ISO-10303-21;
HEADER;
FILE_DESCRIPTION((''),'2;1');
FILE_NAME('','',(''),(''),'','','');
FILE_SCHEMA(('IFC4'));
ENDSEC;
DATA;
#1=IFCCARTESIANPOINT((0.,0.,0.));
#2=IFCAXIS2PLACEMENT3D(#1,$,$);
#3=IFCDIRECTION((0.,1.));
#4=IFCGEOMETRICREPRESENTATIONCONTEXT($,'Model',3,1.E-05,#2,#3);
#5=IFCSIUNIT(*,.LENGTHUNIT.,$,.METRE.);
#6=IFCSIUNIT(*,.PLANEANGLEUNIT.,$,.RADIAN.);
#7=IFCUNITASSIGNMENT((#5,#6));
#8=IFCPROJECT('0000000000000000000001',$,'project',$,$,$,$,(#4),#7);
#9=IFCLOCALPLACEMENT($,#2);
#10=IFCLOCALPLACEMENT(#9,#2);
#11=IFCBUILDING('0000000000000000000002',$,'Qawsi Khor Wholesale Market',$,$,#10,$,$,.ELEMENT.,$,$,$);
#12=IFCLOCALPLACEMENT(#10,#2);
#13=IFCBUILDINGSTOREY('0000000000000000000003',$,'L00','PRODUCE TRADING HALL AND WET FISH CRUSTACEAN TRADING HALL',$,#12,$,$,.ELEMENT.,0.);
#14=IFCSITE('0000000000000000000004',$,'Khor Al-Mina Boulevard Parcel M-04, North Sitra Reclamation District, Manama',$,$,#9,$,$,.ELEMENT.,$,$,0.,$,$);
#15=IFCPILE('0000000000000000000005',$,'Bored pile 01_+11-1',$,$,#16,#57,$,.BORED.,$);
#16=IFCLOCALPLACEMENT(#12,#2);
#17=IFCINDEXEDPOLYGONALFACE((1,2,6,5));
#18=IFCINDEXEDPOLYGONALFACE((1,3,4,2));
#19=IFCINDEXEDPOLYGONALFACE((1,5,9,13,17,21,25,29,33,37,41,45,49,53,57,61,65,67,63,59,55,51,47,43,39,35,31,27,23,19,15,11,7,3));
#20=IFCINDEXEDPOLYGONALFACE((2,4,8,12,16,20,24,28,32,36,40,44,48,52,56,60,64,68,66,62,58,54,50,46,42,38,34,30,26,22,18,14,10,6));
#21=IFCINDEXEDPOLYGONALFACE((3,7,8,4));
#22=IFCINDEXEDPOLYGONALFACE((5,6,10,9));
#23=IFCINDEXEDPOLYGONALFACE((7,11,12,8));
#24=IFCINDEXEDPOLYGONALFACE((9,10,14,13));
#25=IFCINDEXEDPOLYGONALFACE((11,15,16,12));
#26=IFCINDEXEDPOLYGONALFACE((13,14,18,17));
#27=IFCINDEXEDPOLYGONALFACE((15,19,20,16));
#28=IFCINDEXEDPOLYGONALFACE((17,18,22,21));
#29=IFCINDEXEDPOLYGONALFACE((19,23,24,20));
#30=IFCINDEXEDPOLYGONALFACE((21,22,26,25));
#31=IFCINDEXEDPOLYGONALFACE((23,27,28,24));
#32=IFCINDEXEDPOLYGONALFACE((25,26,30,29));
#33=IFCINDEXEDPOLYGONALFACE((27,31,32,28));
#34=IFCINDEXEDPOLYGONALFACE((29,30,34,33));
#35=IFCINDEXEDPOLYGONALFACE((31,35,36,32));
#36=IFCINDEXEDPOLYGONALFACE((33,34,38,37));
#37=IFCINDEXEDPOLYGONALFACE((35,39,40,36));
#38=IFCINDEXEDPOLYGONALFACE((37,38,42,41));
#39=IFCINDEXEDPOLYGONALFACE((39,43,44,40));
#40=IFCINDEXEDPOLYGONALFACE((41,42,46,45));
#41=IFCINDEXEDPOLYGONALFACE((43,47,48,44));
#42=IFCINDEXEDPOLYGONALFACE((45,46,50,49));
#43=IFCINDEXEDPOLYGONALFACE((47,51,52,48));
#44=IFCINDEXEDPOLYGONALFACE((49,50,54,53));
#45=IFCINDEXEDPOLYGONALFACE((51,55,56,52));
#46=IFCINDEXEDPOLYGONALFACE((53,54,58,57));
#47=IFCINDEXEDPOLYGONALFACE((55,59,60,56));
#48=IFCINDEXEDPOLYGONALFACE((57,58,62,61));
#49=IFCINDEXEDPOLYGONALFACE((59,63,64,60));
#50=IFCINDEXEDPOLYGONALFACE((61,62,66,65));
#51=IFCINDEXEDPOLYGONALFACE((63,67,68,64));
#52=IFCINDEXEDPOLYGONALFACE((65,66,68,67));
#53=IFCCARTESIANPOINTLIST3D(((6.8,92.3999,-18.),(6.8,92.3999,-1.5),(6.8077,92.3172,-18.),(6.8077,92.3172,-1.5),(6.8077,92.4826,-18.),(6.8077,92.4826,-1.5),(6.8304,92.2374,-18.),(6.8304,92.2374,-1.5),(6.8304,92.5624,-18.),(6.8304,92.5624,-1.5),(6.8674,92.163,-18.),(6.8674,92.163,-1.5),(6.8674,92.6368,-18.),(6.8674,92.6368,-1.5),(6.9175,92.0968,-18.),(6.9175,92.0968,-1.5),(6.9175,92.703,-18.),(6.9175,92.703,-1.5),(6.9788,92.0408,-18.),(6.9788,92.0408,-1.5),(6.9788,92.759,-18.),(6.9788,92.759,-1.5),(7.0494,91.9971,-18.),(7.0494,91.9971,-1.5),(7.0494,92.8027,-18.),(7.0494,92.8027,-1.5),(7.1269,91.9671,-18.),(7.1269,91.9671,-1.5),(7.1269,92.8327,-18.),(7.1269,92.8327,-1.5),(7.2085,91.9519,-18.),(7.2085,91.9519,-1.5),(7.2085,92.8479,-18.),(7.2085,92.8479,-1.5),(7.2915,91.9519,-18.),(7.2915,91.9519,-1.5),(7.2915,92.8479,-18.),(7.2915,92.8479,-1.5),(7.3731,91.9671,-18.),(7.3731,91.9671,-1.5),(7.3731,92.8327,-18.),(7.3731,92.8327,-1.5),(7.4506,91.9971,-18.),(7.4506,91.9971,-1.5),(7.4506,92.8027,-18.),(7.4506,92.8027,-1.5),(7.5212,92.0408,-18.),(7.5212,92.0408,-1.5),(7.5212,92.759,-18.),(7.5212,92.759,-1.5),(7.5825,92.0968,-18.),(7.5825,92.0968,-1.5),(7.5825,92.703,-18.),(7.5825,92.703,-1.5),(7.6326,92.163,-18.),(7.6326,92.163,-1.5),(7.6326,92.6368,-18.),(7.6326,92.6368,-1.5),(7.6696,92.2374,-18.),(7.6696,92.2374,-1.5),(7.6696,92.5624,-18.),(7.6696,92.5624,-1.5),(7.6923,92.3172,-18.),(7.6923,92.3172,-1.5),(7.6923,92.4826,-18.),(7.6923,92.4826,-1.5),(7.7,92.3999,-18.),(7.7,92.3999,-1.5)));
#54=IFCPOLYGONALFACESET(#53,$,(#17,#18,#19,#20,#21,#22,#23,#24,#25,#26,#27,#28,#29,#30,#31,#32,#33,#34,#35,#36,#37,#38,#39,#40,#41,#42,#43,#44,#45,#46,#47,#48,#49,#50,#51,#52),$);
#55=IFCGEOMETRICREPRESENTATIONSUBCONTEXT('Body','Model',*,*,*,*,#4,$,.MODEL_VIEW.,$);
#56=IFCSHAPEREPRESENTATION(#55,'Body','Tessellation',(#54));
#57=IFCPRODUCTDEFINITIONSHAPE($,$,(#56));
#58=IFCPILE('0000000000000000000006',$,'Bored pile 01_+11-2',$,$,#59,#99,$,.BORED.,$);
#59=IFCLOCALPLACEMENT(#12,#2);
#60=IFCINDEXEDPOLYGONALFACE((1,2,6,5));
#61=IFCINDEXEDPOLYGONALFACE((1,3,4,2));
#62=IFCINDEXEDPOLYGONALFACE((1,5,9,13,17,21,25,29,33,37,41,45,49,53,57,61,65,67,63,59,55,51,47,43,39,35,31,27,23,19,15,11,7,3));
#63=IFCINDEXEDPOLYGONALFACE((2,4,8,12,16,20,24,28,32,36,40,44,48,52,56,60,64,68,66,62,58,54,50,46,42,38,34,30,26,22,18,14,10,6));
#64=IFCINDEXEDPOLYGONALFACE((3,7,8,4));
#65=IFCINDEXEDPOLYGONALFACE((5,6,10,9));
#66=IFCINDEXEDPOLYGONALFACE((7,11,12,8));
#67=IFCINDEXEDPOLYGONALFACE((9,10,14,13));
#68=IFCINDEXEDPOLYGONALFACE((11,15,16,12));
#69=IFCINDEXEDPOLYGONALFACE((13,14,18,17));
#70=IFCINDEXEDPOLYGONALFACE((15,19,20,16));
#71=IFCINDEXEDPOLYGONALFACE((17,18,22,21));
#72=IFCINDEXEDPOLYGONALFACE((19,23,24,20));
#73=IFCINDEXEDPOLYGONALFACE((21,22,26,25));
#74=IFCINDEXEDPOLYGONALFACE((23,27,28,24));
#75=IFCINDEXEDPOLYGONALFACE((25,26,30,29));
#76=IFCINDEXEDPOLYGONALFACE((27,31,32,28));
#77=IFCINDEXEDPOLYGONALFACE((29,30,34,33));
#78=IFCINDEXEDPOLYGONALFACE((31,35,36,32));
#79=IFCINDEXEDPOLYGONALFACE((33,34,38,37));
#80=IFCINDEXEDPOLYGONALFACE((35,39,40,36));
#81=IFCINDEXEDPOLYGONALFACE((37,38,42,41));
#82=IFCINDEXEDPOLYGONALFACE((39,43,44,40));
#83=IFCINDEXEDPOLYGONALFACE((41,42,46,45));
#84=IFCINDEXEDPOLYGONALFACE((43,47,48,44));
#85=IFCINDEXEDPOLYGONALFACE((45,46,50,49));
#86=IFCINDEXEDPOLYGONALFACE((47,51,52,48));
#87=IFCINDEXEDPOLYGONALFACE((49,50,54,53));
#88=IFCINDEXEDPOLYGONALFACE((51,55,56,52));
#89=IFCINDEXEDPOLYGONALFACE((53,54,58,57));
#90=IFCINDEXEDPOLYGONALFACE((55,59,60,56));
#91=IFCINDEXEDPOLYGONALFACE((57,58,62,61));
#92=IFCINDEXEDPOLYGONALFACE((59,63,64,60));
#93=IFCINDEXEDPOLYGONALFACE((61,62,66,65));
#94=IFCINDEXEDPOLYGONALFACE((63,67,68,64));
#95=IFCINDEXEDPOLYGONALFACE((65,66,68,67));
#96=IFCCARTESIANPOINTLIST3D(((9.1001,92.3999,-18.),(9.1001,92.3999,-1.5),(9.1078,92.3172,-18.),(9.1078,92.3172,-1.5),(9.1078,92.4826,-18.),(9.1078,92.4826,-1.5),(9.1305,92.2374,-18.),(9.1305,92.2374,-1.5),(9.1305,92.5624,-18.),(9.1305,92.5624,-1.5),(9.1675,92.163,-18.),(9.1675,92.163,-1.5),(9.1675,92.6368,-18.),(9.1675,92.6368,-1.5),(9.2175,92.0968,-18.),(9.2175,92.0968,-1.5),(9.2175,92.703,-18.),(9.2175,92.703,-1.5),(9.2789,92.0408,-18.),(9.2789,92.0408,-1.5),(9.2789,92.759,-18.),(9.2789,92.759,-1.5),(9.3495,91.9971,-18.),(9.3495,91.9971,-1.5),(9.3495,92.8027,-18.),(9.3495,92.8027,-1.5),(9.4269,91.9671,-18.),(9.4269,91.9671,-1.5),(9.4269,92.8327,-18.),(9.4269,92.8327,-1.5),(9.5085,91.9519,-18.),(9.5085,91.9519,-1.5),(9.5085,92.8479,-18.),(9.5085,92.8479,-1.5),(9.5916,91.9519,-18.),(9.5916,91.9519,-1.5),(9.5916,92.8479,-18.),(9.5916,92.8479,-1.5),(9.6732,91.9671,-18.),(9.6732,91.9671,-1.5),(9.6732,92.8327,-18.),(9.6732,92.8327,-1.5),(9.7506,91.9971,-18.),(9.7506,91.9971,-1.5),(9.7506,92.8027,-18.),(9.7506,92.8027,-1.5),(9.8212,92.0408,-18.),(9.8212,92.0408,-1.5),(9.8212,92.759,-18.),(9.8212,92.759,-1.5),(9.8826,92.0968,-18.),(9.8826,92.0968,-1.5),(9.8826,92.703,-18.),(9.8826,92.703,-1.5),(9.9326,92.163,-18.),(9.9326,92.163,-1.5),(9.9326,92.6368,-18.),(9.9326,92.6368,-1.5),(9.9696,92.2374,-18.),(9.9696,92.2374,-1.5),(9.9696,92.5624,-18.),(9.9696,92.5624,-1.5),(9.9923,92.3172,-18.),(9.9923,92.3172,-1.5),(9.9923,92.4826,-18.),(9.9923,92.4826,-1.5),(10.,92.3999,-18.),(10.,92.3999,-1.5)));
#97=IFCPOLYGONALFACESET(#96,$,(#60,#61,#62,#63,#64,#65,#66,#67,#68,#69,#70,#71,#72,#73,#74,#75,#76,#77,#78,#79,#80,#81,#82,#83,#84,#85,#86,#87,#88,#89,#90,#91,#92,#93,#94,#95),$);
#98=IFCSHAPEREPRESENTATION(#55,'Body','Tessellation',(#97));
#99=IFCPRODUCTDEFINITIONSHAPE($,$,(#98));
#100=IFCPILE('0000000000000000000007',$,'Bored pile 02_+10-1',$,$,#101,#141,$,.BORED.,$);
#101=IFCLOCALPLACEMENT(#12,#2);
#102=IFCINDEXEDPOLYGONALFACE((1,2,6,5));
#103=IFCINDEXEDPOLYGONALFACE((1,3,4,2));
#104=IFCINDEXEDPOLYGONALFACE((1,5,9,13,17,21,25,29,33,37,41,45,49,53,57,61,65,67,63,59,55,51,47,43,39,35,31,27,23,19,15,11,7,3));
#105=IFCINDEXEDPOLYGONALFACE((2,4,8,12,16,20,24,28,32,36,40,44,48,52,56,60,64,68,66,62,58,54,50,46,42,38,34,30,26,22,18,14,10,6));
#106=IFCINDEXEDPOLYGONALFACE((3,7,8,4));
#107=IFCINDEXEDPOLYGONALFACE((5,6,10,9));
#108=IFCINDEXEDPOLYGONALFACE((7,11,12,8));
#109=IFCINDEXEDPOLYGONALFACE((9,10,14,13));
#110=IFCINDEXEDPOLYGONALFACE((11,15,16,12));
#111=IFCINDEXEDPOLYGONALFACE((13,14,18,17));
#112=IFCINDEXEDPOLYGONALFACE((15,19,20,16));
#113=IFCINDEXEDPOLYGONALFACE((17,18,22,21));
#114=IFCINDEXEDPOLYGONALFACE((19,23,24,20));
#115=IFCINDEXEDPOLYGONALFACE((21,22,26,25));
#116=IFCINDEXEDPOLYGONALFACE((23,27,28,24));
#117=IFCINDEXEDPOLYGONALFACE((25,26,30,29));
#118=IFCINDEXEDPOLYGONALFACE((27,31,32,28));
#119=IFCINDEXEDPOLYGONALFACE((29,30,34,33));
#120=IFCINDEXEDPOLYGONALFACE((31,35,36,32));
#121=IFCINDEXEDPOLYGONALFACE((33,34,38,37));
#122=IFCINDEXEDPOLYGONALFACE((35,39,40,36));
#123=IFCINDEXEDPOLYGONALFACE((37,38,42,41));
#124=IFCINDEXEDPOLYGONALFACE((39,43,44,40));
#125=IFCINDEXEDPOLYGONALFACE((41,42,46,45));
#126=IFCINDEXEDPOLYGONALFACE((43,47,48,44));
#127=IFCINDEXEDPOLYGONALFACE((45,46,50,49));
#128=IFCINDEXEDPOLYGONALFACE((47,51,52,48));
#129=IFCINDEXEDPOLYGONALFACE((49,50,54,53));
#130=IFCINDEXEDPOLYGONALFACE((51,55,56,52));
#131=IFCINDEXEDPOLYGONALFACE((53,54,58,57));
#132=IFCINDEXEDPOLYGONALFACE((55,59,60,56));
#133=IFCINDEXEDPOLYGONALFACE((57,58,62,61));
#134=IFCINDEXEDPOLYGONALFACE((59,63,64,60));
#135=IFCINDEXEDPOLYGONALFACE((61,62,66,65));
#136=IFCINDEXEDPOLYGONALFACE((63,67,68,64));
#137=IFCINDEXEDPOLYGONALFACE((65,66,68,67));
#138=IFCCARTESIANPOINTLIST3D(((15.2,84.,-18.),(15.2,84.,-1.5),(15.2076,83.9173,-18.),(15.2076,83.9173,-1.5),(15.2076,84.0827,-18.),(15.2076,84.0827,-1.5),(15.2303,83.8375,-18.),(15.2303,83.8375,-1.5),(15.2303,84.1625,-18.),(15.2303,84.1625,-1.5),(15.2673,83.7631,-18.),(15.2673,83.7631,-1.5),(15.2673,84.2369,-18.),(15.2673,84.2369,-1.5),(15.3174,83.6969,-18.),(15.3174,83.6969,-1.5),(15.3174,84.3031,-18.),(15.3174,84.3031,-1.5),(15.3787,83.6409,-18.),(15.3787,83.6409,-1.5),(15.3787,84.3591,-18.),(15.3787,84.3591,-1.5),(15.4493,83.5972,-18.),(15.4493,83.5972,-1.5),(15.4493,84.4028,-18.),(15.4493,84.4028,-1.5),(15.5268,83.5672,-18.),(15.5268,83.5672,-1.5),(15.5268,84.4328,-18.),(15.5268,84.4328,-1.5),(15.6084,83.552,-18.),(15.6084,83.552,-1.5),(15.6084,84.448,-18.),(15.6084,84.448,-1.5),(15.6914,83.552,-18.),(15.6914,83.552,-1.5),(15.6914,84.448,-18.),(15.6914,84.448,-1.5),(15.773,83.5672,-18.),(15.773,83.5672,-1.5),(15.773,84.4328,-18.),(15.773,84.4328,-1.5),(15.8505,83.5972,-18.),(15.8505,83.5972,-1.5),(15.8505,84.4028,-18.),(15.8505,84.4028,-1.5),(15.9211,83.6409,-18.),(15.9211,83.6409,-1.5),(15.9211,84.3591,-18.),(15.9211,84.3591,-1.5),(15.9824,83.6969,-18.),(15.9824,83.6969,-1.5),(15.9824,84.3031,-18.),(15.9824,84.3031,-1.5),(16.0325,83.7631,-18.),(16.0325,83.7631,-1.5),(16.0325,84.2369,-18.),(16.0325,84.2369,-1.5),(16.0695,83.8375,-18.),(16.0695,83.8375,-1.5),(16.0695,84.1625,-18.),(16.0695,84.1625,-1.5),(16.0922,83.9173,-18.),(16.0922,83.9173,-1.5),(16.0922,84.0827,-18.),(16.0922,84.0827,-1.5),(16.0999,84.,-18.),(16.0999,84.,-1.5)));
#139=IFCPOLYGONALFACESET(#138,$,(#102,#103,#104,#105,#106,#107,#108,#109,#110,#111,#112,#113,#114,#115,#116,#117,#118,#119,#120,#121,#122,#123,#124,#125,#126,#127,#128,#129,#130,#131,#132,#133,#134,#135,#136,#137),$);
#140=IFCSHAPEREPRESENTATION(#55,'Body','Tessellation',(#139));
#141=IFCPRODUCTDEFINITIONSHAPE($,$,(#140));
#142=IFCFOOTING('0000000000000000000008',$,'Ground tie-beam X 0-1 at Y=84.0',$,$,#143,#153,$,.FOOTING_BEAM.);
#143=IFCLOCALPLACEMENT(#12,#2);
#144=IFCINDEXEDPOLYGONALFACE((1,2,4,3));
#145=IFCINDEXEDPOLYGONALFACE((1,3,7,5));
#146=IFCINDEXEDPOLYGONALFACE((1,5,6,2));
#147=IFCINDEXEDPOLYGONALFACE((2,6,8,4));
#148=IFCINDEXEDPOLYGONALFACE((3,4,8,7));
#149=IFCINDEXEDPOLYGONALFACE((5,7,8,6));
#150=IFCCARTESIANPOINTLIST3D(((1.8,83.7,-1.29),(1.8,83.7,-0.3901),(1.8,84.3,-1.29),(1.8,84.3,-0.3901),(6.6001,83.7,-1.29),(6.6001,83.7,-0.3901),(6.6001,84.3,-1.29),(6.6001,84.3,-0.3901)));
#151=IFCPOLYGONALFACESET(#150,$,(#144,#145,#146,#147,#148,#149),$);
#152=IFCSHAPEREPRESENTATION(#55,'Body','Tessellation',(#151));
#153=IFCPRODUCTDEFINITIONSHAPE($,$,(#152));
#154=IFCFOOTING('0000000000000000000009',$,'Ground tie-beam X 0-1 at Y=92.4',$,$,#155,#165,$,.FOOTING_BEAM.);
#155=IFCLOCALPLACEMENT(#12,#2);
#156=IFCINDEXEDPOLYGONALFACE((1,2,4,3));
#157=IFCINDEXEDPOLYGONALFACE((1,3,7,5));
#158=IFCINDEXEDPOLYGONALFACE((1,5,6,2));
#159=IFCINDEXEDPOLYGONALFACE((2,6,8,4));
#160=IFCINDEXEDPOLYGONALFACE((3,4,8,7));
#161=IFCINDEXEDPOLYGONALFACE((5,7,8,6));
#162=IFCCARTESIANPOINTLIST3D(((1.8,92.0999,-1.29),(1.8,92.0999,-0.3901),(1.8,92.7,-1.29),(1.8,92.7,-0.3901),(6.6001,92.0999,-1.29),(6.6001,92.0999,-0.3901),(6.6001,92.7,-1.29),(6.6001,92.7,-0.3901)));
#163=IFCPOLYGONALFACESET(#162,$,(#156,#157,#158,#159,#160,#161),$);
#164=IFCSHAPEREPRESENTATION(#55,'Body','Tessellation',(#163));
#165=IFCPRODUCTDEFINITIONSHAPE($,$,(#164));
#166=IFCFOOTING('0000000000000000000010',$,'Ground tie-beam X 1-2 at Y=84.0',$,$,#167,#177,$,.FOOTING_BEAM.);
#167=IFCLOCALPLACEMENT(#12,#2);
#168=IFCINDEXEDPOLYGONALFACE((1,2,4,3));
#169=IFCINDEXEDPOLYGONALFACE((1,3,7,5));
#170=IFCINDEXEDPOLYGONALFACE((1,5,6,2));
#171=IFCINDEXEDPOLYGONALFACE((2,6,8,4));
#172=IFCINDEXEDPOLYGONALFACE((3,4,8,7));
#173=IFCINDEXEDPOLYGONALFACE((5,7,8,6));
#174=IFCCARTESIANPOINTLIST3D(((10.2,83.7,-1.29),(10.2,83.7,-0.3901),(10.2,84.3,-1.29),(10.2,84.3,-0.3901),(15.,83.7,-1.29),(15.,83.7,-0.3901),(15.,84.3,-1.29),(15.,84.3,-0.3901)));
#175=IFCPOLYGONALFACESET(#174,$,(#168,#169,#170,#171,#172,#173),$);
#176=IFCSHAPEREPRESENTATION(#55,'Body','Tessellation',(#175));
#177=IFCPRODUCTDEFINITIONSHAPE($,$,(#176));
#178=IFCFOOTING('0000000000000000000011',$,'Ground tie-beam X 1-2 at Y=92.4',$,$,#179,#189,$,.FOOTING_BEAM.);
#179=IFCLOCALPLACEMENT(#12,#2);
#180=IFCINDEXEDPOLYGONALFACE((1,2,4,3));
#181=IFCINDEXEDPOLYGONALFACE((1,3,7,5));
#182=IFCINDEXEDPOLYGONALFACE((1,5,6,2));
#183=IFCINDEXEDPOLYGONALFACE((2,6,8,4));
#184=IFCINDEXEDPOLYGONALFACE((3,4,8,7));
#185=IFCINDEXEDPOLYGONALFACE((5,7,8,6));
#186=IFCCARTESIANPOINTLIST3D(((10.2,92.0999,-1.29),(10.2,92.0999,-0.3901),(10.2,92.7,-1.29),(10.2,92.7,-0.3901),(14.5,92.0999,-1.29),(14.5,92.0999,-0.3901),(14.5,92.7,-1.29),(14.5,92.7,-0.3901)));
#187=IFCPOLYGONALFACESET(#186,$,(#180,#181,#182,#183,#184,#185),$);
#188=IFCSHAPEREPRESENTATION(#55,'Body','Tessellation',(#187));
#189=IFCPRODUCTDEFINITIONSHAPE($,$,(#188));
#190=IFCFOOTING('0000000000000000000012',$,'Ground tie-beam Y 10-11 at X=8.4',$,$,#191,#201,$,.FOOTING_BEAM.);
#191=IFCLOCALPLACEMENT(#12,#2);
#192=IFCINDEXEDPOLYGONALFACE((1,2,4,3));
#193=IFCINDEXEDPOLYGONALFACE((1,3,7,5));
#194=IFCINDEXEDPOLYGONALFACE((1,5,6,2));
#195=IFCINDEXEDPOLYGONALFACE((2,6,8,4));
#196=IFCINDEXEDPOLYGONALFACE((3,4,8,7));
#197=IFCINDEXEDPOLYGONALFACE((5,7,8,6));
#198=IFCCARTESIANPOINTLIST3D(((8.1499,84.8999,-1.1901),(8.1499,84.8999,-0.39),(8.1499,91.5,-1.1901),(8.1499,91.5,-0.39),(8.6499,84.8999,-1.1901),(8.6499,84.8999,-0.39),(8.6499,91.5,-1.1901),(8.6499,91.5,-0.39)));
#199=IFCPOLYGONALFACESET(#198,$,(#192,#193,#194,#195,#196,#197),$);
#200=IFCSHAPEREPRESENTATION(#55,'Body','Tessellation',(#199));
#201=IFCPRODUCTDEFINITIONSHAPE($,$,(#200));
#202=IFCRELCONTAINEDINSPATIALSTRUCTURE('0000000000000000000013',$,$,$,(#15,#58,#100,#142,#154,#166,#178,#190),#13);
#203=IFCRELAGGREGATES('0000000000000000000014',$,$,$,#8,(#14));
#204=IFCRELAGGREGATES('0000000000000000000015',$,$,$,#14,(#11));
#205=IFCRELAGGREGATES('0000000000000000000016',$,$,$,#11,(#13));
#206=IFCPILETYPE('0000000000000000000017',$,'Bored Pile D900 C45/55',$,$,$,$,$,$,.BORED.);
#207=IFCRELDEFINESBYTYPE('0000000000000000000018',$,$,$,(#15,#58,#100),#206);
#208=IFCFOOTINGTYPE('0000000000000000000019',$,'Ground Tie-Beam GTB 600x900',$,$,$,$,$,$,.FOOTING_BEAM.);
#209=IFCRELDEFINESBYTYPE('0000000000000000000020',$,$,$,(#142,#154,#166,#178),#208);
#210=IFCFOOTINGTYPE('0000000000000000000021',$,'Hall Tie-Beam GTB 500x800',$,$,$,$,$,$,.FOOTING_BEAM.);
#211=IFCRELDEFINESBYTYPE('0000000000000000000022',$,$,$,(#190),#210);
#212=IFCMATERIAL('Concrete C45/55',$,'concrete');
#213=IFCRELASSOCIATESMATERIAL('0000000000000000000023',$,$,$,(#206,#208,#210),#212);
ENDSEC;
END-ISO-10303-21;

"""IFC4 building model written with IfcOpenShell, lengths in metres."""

from ifc_helpers import new_model, si_unit, direction, frame, origin, origin_2d, place, context, subcontext, project, spatial, rectangle, circle, extrude, material, material_profile, profile_set, type_object, element, save


model = new_model("IFC4")

# Units and contexts
model_context = context("Model", 3, precision=1e-05, world=origin(), true_north=direction((0.0, 1.0)))
body_context = subcontext(model_context, "Body", "Model", "MODEL_VIEW")
ifc_project = project(units=[si_unit("LENGTHUNIT", "METRE"), si_unit("PLANEANGLEUNIT", "RADIAN")], contexts=[model_context])

# Site, building, storey
site_placement = place(None, origin())
site = spatial("IfcSite", under=ifc_project, at=site_placement, Name="Khor Al-Mina Boulevard Parcel M-04, North Sitra Reclamation District, Manama", CompositionType="ELEMENT", RefElevation=0.0)
building_placement = place(site_placement, origin())
building = spatial("IfcBuilding", under=site, at=building_placement, Name="Qawsi Khor Wholesale Market", CompositionType="ELEMENT")
storey_placement = place(building_placement, origin())
storey = spatial("IfcBuildingStorey", under=building, at=storey_placement, Name="L00", Description="PRODUCE TRADING HALL AND WET FISH CRUSTACEAN TRADING HALL", CompositionType="ELEMENT", Elevation=0.0)

# Piles
ifc_material_1 = material(Name="Concrete C45/55", Category="concrete")
ifc_material_profile_1 = material_profile(ifc_material_1, circle(Radius=0.45, at=origin_2d()), Name="PILE D900")
ifc_profile_set_1 = profile_set([ifc_material_profile_1], Name="Concrete C45/55")
pile_type_1 = type_object("IfcPileType", Name="Bored Pile D900 C45/55", PredefinedType="BORED", material=ifc_profile_set_1)
for number, where, z_axis, x_axis, name in (
    (1, (7.25, 92.3999, -1.5), (0.0, 0.0, -1.0), (1.0, 0.0, 0.0), "Bored pile 01_+11-1"),
    (2, (9.55, 92.3999, -1.5), (0.0, 0.0, -1.0), (1.0, 0.0, 0.0), "Bored pile 01_+11-2"),
    (3, (15.6499, 84.0, -1.5), (0.0, 0.0, -1.0), (1.0, 0.0, 0.0), "Bored pile 02_+10-1"),
):
    element("IfcPile", number, at=place(storey_placement, frame(where, z_axis=z_axis, x_axis=x_axis)), inside=storey, type_object=pile_type_1, Name=name, PredefinedType="BORED", context=body_context, shape_type="SweptSolid", body=[
        extrude(circle(Radius=0.45, at=origin_2d()), origin(), (0.0, 0.0, 1.0), 16.5),
    ])

# Footings
ifc_material_profile_2 = material_profile(ifc_material_1, rectangle(XDim=0.6001, YDim=0.8999, at=origin_2d()), Name="RC 600x900")
ifc_profile_set_2 = profile_set([ifc_material_profile_2], Name="Concrete C45/55")
footing_type_1 = type_object("IfcFootingType", Name="Ground Tie-Beam GTB 600x900", PredefinedType="FOOTING_BEAM", material=ifc_profile_set_2)
for number, where, z_axis, x_axis, name in (
    (4, (1.8, 84.0, -0.8401), (1.0, 0.0, 0.0), (0.0, 1.0, 0.0), "Ground tie-beam X 0-1 at Y=84.0"),
    (5, (1.8, 92.3999, -0.8401), (1.0, 0.0, 0.0), (0.0, 1.0, 0.0), "Ground tie-beam X 0-1 at Y=92.4"),
    (6, (10.2, 84.0, -0.8401), (1.0, 0.0, 0.0), (0.0, 1.0, 0.0), "Ground tie-beam X 1-2 at Y=84.0"),
):
    element("IfcFooting", number, at=place(storey_placement, frame(where, z_axis=z_axis, x_axis=x_axis)), inside=storey, type_object=footing_type_1, Name=name, PredefinedType="FOOTING_BEAM", context=body_context, shape_type="SweptSolid", body=[
        extrude(rectangle(XDim=0.6001, YDim=0.8999, at=origin_2d()), origin(), (0.0, 0.0, 1.0), 4.8),
    ])
footing_1_placement = place(storey_placement, frame((10.2, 92.3999, -0.8401), z_axis=(1.0, 0.0, 0.0), x_axis=(0.0, 1.0, 0.0)))
element("IfcFooting", 7, at=footing_1_placement, inside=storey, type_object=footing_type_1, Name="Ground tie-beam X 1-2 at Y=92.4", PredefinedType="FOOTING_BEAM", context=body_context, shape_type="SweptSolid", body=[
    extrude(rectangle(XDim=0.6001, YDim=0.8999, at=origin_2d()), origin(), (0.0, 0.0, 1.0), 4.3),
])
ifc_material_profile_3 = material_profile(ifc_material_1, rectangle(XDim=0.5, YDim=0.8, at=origin_2d()), Name="RC 500x800")
ifc_profile_set_3 = profile_set([ifc_material_profile_3], Name="Concrete C45/55")
footing_type_2 = type_object("IfcFootingType", Name="Hall Tie-Beam GTB 500x800", PredefinedType="FOOTING_BEAM", material=ifc_profile_set_3)
footing_2_placement = place(storey_placement, frame((8.3999, 84.8999, -0.79), z_axis=(0.0, 1.0, 0.0), x_axis=(-1.0, 0.0, 0.0)))
element("IfcFooting", 8, at=footing_2_placement, inside=storey, type_object=footing_type_2, Name="Ground tie-beam Y 10-11 at X=8.4", PredefinedType="FOOTING_BEAM", context=body_context, shape_type="SweptSolid", body=[
    extrude(rectangle(XDim=0.5, YDim=0.8, at=origin_2d()), origin(), (0.0, 0.0, 1.0), 6.6001),
])

save(model, "model.ifc")
